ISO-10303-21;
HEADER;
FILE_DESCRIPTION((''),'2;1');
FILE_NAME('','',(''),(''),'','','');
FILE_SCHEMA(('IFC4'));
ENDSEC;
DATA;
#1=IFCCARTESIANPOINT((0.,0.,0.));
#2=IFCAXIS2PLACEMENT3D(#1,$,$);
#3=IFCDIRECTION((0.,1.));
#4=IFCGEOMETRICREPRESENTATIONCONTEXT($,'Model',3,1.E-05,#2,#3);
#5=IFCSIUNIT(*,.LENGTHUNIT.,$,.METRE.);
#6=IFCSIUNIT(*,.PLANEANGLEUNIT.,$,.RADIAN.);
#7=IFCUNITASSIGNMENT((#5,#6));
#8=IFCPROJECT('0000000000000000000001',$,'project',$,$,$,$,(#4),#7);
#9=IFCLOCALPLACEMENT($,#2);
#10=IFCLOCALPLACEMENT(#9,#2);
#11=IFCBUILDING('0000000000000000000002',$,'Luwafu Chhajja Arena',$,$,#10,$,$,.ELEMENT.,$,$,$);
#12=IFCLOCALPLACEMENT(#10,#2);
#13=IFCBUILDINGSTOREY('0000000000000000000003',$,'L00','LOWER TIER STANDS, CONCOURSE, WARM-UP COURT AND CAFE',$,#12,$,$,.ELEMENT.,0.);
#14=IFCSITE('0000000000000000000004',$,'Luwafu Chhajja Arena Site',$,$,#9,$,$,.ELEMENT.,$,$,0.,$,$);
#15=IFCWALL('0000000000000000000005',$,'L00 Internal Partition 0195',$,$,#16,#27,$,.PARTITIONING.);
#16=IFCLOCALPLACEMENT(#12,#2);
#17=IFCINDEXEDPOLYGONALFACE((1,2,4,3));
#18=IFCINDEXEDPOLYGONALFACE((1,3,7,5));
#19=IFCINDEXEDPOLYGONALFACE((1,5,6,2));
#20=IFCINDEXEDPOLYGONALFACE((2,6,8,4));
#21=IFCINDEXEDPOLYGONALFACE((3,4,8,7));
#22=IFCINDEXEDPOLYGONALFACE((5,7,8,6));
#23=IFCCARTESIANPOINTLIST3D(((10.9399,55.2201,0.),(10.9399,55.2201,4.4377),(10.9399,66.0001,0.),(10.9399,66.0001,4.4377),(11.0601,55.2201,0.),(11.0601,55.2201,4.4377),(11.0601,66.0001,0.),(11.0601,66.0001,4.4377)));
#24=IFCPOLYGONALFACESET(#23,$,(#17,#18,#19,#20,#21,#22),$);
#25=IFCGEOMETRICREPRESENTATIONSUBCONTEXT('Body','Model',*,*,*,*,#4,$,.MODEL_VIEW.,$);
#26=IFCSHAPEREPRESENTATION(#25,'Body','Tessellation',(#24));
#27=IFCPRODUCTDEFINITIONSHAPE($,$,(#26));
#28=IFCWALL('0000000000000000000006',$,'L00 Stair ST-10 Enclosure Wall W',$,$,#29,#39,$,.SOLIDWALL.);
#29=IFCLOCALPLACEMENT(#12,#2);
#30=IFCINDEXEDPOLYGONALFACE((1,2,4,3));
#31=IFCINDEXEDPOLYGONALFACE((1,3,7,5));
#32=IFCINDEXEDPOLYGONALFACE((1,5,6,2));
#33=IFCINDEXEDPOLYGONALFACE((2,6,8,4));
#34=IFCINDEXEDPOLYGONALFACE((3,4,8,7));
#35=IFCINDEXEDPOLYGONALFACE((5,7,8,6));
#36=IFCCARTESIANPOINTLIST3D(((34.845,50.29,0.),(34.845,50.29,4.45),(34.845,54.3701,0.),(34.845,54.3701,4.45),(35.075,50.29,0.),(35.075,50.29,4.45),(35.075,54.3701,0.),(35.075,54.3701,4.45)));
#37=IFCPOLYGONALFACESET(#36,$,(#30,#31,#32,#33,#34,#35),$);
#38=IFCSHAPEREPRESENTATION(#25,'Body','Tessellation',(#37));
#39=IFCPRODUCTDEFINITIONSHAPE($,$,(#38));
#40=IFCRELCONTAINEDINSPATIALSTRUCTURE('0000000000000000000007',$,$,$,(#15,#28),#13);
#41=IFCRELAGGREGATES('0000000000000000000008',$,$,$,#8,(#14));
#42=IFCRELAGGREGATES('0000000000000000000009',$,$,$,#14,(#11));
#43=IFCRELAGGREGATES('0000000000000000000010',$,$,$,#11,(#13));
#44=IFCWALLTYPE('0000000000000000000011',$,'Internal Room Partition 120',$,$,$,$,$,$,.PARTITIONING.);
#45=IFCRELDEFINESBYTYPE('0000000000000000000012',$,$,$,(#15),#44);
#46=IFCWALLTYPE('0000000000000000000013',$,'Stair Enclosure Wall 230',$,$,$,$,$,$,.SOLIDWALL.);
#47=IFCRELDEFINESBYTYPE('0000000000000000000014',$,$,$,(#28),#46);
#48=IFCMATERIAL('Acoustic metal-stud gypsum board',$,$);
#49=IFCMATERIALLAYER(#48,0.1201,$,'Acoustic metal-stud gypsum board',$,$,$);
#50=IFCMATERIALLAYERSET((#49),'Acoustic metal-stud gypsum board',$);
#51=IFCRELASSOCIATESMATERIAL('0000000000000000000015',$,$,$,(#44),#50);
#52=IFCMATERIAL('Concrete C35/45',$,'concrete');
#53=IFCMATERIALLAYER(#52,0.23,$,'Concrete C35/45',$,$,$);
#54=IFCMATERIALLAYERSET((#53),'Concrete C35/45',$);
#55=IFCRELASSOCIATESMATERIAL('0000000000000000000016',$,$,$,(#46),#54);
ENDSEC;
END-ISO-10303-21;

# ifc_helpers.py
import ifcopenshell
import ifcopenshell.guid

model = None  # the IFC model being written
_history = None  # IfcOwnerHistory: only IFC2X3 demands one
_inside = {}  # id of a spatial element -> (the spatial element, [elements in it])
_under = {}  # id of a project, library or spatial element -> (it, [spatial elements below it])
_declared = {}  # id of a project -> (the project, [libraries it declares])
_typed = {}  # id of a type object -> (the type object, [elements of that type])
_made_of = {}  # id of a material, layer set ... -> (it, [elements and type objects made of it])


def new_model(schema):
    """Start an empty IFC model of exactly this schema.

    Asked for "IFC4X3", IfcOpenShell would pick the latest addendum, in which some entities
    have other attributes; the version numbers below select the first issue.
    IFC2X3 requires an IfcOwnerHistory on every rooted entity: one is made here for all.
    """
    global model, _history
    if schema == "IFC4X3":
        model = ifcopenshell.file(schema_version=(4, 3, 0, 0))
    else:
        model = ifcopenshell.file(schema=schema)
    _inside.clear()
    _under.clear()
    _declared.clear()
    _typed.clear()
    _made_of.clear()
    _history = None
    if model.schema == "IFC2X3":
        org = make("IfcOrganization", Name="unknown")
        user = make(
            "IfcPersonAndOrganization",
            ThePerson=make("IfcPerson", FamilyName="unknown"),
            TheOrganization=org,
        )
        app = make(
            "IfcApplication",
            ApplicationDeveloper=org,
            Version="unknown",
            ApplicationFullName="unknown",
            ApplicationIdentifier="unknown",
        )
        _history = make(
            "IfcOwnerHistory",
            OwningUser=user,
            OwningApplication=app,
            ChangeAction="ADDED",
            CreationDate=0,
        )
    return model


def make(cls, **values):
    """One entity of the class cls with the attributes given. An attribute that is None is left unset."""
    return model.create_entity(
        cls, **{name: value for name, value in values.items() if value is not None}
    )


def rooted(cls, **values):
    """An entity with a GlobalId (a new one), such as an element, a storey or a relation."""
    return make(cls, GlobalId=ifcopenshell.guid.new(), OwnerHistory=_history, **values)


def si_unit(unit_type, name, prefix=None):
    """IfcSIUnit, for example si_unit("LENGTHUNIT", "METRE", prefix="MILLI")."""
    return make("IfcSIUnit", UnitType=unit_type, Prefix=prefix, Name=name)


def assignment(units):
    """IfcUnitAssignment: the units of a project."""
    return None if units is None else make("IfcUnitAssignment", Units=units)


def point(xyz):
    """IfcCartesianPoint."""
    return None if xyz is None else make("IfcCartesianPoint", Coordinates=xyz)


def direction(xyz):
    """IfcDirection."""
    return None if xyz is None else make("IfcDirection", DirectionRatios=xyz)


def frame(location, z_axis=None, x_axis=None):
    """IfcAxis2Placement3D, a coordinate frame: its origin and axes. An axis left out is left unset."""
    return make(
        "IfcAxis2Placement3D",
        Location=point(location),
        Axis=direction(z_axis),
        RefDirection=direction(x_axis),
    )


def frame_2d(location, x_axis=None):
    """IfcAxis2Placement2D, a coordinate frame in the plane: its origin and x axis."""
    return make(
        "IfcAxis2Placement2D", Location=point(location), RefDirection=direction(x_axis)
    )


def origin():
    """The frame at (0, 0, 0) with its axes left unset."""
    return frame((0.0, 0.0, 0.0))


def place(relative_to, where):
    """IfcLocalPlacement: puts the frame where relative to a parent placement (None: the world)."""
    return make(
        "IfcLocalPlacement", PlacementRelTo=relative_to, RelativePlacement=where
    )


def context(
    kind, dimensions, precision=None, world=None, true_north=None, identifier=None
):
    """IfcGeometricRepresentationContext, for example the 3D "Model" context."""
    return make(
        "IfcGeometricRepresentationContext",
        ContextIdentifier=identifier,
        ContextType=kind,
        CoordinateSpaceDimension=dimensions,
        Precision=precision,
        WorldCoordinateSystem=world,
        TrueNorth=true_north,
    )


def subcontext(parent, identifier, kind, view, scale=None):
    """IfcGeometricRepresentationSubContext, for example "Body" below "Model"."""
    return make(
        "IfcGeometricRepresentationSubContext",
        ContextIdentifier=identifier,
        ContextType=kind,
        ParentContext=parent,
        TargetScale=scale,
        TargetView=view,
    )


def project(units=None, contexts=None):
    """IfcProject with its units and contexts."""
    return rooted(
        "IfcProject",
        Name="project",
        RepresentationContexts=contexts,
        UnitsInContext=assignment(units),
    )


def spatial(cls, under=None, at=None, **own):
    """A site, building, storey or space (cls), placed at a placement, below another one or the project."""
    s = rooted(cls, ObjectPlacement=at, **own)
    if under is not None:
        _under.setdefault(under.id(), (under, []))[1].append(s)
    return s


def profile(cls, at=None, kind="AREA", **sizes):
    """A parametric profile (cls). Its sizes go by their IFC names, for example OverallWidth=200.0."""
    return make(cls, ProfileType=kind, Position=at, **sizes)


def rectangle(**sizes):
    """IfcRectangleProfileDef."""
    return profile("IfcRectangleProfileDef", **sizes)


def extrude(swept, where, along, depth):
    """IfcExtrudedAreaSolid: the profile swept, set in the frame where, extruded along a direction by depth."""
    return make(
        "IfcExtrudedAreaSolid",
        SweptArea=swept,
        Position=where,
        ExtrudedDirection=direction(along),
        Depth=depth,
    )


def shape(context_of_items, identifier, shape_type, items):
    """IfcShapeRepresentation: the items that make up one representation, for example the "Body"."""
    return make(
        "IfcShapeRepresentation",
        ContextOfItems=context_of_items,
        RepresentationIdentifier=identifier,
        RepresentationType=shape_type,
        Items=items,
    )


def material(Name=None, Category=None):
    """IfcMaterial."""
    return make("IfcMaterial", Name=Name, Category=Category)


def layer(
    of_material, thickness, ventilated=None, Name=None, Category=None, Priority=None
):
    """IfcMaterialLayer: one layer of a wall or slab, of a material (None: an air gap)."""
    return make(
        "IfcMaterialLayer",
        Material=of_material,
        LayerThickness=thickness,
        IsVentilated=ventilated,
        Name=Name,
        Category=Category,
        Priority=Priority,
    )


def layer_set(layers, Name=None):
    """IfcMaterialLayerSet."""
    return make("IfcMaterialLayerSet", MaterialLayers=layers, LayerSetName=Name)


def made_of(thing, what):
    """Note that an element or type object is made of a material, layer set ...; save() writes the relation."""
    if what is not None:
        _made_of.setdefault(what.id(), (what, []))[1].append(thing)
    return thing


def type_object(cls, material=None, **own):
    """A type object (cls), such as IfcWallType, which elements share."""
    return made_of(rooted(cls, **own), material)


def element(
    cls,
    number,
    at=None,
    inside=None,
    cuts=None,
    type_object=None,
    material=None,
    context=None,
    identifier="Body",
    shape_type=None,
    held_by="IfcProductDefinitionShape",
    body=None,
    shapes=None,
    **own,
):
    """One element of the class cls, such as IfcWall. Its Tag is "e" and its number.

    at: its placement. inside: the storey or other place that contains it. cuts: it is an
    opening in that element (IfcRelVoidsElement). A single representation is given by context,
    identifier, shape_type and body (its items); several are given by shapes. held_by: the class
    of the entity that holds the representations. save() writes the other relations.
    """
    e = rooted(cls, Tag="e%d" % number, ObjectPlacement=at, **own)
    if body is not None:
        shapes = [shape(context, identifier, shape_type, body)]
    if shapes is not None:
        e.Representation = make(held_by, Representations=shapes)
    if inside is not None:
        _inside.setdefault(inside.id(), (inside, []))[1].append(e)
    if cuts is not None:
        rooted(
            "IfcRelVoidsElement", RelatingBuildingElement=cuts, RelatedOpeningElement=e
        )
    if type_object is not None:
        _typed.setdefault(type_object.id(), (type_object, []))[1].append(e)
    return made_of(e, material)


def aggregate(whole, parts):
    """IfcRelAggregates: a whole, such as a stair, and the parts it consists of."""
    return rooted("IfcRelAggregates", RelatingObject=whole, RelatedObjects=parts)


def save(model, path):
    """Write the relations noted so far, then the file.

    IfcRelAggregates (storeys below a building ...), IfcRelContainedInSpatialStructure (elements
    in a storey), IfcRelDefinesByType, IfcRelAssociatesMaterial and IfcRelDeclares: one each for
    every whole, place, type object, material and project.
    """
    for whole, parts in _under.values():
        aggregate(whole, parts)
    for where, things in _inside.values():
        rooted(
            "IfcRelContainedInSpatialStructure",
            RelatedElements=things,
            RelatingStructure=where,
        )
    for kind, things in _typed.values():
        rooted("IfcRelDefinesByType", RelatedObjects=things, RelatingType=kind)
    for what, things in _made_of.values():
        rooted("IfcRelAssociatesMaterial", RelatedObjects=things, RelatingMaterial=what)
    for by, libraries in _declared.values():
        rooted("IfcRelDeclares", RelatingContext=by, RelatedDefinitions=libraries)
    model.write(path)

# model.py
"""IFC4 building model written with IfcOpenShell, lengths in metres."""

from ifc_helpers import new_model, si_unit, direction, frame, frame_2d, origin, place, context, subcontext, project, spatial, rectangle, extrude, material, layer, layer_set, type_object, element, save


model = new_model("IFC4")

# Units and contexts
model_context = context("Model", 3, precision=1e-05, world=origin(), true_north=direction((0.0, 1.0)))
body_context = subcontext(model_context, "Body", "Model", "MODEL_VIEW")
ifc_project = project(units=[si_unit("LENGTHUNIT", "METRE"), si_unit("PLANEANGLEUNIT", "RADIAN")], contexts=[model_context])

# Site, building, storey
site_placement = place(None, origin())
site = spatial("IfcSite", under=ifc_project, at=site_placement, Name="Luwafu Chhajja Arena Site", CompositionType="ELEMENT", RefElevation=0.0)
building_placement = place(site_placement, origin())
building = spatial("IfcBuilding", under=site, at=building_placement, Name="Luwafu Chhajja Arena", CompositionType="ELEMENT")
storey_placement = place(building_placement, origin())
storey = spatial("IfcBuildingStorey", under=building, at=storey_placement, Name="L00", Description="LOWER TIER STANDS, CONCOURSE, WARM-UP COURT AND CAFE", CompositionType="ELEMENT", Elevation=0.0)

# Shared definitions
ifc_material_1 = material(Name="Concrete C35/45", Category="concrete")

# Shared definitions
ifc_material_2 = material(Name="Acoustic metal-stud gypsum board")
ifc_layer_1 = layer(ifc_material_2, 0.1201, Name="Acoustic metal-stud gypsum board")
ifc_layer_set_1 = layer_set([ifc_layer_1], Name="Acoustic metal-stud gypsum board")
wall_type_1 = type_object("IfcWallType", Name="Internal Room Partition 120", PredefinedType="PARTITIONING", material=ifc_layer_set_1)

# Walls
wall_1_placement = place(storey_placement, frame((11.0, 55.22, 0.0), z_axis=(0.0, 0.0, 1.0), x_axis=(0.0, 1.0, 0.0)))
element("IfcWall", 1, at=wall_1_placement, inside=storey, type_object=wall_type_1, Name="L00 Internal Partition 0195", PredefinedType="PARTITIONING", context=body_context, shape_type="SweptSolid", body=[
    extrude(rectangle(XDim=10.78, YDim=0.1201, at=frame_2d((5.3901, 0.0))), origin(), (0.0, 0.0, 1.0), 4.4377),
])
ifc_layer_2 = layer(ifc_material_1, 0.23, Name="Concrete C35/45")
ifc_layer_set_2 = layer_set([ifc_layer_2], Name="Concrete C35/45")
wall_type_2 = type_object("IfcWallType", Name="Stair Enclosure Wall 230", PredefinedType="SOLIDWALL", material=ifc_layer_set_2)
wall_2_placement = place(storey_placement, frame((34.96, 50.29, 0.0), z_axis=(0.0, 0.0, 1.0), x_axis=(0.0, 1.0, 0.0)))
element("IfcWall", 2, at=wall_2_placement, inside=storey, type_object=wall_type_2, Name="L00 Stair ST-10 Enclosure Wall W", PredefinedType="SOLIDWALL", context=body_context, shape_type="SweptSolid", body=[
    extrude(rectangle(XDim=4.0801, YDim=0.23, at=frame_2d((2.04, 0.0))), origin(), (0.0, 0.0, 1.0), 4.45),
])

save(model, "model.ifc")
